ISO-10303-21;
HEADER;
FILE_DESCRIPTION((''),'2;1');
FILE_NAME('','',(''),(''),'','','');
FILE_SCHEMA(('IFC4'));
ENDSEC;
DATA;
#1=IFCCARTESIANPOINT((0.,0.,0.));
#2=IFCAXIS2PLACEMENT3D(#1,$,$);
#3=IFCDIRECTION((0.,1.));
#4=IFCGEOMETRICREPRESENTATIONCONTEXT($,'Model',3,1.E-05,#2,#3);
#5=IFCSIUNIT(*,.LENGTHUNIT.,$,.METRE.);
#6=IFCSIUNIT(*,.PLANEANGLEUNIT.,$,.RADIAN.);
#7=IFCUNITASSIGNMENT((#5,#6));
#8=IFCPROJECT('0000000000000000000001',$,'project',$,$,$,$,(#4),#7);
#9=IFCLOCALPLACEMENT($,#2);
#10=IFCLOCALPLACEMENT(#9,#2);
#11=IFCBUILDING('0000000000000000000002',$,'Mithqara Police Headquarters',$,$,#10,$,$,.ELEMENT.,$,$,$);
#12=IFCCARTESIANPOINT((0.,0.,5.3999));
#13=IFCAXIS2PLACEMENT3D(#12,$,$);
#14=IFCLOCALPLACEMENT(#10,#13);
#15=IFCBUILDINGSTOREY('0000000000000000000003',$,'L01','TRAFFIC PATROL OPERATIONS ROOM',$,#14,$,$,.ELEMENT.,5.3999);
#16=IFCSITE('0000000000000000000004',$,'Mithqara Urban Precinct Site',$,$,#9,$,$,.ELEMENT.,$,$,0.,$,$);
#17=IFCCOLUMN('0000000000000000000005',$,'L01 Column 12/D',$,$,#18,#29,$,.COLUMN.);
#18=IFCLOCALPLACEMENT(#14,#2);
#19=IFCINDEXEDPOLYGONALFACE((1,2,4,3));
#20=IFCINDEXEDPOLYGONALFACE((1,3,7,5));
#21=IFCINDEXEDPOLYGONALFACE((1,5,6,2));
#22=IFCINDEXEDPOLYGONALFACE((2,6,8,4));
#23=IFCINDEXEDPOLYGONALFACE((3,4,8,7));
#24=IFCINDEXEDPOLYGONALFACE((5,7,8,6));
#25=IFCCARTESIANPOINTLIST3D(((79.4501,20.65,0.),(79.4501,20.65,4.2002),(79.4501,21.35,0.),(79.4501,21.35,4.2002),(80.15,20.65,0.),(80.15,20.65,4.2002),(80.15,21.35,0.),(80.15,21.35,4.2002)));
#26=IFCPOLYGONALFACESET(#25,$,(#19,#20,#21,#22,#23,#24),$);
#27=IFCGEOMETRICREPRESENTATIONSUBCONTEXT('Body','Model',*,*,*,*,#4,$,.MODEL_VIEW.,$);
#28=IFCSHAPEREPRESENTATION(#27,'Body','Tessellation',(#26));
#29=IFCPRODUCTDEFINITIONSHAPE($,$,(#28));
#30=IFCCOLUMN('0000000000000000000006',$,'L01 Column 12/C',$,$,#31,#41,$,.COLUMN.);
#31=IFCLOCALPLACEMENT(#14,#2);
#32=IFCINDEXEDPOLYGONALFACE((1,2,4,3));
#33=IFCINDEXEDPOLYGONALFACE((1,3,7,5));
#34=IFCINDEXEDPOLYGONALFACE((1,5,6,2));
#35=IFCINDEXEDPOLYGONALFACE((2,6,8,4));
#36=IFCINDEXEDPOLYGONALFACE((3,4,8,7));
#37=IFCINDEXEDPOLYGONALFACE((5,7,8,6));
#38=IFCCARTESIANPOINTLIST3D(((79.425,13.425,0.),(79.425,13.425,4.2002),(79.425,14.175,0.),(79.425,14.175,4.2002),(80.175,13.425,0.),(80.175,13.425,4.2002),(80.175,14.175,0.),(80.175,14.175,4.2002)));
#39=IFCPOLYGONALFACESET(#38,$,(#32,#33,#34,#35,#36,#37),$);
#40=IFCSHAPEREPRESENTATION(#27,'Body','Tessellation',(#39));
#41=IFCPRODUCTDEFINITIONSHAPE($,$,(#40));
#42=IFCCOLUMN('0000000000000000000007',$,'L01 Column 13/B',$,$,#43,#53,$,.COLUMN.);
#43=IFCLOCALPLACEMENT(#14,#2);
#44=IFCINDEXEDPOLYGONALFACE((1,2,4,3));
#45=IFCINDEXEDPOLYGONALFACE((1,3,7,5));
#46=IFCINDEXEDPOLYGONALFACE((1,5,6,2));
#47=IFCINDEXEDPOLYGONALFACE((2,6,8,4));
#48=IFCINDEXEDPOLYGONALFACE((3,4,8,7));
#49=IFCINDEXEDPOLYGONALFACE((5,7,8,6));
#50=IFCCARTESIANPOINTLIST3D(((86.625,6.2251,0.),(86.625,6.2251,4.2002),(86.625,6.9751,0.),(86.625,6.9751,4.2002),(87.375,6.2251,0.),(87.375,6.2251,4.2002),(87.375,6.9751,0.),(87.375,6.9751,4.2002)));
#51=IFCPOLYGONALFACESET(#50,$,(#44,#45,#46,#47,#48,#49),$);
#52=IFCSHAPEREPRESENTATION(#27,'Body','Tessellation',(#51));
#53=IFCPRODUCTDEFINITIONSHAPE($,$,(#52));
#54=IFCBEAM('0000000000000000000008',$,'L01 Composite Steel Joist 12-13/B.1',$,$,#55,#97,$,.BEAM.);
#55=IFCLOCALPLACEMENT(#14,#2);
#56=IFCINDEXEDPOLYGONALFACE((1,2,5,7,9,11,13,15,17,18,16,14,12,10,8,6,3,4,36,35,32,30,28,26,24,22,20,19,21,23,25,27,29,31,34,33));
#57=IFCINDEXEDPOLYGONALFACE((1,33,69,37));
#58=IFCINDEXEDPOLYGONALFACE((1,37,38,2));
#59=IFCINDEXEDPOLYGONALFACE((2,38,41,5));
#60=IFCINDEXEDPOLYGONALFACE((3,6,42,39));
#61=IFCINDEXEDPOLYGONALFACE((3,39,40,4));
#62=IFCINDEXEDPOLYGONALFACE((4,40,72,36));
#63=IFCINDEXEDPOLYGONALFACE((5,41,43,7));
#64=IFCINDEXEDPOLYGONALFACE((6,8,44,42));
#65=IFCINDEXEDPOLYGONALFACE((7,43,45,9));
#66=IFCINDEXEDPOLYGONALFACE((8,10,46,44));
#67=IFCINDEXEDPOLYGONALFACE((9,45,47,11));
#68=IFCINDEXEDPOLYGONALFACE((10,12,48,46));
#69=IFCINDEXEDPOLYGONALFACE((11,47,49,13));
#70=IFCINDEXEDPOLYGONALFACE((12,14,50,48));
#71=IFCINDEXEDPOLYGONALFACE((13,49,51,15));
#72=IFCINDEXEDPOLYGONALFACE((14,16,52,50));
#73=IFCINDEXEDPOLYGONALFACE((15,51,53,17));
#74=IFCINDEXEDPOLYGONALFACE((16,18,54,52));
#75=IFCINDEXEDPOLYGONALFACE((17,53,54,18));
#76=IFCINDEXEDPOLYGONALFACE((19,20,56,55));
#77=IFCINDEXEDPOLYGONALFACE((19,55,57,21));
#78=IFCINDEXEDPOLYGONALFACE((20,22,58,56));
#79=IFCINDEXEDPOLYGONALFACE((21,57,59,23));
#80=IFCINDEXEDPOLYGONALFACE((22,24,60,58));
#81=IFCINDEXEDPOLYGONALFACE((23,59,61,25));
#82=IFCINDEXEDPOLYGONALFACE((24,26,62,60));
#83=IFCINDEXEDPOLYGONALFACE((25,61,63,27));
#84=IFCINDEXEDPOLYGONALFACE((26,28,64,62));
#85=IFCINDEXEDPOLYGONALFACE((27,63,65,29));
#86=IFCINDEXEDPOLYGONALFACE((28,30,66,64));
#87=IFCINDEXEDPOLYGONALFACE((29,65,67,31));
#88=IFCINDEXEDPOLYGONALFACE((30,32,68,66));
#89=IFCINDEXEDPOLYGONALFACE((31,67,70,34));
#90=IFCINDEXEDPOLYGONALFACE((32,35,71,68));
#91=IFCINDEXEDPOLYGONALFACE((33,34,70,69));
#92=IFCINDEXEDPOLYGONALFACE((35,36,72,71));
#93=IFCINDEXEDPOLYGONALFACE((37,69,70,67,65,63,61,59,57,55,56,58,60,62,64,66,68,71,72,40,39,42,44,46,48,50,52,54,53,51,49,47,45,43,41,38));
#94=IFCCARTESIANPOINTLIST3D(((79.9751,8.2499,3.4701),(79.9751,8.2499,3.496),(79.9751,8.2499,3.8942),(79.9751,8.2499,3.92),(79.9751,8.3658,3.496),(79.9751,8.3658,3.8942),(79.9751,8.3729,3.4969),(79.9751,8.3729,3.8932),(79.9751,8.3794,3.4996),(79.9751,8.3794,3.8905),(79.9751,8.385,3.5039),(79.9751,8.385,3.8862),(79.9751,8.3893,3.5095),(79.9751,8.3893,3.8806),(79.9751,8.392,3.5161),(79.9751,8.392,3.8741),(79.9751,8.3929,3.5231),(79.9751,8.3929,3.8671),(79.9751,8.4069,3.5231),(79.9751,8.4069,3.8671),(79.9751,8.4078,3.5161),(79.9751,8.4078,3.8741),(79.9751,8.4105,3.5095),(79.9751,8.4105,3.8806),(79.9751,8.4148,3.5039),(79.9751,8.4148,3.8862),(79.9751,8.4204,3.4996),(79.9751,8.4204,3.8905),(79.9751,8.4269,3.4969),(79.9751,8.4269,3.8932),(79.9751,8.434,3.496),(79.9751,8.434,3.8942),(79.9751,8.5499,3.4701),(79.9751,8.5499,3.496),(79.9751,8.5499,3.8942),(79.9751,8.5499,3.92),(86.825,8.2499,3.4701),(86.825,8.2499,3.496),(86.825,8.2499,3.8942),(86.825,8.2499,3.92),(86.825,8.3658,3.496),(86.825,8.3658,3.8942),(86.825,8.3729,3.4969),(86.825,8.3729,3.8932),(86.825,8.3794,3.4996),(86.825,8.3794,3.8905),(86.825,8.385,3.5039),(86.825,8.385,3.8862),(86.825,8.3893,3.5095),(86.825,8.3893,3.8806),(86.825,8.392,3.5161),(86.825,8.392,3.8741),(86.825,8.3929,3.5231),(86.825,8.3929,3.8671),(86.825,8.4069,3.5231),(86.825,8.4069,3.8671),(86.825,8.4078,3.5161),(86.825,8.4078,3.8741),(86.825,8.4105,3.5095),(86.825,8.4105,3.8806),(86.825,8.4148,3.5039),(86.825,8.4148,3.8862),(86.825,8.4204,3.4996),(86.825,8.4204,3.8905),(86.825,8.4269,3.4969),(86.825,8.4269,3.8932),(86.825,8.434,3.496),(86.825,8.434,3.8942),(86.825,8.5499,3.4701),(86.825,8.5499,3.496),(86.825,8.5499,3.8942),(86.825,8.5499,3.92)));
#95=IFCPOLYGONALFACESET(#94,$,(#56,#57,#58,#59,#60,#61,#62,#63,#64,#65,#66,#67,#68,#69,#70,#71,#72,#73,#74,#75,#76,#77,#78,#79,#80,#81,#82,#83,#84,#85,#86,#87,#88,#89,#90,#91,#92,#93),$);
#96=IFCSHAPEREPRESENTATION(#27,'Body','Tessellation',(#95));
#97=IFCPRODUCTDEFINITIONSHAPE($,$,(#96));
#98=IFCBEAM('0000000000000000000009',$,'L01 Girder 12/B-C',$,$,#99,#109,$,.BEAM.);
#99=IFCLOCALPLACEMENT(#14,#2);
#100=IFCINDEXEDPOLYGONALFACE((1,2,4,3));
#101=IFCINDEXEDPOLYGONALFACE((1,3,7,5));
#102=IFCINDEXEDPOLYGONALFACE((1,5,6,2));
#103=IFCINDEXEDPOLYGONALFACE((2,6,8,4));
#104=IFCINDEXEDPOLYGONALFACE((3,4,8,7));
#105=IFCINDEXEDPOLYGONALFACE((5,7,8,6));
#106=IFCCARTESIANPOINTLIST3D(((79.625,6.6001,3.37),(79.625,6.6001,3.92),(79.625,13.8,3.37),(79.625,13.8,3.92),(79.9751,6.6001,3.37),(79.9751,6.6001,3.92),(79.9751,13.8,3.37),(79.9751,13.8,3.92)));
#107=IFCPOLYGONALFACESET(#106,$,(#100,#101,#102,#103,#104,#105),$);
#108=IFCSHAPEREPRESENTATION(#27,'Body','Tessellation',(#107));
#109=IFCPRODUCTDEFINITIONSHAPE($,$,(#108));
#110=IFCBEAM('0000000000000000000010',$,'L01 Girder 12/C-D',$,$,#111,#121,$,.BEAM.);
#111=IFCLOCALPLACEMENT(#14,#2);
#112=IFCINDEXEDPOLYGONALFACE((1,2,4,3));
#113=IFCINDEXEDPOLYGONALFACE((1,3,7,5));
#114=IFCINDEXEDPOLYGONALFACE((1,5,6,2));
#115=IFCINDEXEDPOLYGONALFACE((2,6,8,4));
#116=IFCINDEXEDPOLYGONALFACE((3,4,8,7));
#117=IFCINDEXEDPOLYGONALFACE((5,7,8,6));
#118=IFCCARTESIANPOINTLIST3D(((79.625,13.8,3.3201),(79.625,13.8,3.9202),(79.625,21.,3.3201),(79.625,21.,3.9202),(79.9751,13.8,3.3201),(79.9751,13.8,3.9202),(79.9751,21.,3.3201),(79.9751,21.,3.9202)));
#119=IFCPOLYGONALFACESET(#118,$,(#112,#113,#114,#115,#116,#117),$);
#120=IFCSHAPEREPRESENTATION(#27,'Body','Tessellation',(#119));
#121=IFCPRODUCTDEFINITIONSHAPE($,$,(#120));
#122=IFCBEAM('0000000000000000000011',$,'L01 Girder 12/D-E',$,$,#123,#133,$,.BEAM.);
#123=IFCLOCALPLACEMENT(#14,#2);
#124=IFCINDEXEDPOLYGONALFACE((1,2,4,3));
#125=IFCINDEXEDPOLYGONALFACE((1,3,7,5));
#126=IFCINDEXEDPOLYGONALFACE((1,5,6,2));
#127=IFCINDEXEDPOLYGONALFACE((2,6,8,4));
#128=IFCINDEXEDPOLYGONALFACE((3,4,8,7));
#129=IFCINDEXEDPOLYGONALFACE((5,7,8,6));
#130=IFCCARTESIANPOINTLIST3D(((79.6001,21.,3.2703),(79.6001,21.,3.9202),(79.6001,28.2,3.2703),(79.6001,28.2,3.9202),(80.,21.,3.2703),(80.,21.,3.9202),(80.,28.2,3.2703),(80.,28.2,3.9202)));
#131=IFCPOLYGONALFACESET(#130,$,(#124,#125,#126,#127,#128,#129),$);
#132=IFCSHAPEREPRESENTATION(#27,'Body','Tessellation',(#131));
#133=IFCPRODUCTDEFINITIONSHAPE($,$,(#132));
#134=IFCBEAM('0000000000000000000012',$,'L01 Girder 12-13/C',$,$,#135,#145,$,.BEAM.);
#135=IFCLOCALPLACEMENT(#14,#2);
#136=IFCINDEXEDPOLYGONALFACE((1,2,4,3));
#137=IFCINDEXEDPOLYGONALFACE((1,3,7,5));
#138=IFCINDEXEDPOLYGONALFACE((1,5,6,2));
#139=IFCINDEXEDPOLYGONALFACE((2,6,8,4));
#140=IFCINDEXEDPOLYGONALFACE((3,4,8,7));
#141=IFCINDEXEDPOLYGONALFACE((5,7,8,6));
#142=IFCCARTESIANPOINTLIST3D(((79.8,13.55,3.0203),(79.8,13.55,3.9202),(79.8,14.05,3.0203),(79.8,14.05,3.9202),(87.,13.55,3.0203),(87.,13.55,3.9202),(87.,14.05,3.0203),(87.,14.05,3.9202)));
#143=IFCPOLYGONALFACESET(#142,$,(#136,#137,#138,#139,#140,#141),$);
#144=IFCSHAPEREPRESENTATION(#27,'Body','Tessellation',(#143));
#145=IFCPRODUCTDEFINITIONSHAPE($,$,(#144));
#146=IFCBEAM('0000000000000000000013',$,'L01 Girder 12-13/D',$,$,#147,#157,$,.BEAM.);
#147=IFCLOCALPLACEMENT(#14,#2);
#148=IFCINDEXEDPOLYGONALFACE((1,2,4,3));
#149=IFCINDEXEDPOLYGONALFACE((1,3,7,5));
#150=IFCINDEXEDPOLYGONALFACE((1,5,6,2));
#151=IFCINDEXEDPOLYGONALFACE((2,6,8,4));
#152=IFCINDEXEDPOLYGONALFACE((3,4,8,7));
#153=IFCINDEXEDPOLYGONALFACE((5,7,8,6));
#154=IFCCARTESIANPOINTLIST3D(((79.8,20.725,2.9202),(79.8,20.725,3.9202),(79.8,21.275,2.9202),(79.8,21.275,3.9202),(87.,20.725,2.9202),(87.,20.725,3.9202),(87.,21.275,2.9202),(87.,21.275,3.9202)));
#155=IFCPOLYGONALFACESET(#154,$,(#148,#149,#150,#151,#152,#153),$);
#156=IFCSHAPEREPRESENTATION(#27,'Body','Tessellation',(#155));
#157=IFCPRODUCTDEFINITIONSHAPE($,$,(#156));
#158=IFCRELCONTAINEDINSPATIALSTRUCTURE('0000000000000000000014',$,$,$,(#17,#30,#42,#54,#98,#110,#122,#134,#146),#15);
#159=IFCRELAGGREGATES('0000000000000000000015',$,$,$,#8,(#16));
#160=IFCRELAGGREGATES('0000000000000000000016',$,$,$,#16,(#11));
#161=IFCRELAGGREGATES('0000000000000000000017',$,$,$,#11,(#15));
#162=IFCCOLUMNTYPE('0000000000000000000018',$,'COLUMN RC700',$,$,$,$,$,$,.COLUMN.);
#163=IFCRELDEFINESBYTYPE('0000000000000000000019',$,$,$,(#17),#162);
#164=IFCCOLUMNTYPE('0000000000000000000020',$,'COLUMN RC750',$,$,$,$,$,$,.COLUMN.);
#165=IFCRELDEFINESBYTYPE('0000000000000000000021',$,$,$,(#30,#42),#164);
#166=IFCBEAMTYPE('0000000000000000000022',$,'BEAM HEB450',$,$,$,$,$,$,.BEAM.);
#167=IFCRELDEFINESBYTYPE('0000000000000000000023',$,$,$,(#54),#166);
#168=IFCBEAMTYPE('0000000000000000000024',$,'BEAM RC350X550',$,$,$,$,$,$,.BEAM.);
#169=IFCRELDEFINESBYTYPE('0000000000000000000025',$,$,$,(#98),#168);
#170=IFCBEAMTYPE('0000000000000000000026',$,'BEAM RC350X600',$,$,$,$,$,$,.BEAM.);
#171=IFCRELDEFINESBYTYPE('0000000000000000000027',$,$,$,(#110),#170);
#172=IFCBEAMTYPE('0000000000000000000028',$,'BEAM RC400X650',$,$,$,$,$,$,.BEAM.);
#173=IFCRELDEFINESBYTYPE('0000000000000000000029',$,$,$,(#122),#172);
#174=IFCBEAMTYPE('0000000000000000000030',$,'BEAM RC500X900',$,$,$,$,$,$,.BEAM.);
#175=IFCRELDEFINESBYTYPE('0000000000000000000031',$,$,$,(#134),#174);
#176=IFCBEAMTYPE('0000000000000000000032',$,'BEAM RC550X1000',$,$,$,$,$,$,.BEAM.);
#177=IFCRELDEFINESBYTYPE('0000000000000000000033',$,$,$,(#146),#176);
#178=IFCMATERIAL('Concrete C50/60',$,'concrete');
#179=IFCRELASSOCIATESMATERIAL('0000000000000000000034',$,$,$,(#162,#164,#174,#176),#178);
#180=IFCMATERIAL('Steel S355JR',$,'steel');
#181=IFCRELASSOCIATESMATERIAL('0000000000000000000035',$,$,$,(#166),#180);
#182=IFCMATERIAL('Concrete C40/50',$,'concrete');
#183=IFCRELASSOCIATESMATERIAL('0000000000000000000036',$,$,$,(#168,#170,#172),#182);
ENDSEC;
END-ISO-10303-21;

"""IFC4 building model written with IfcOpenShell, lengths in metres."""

from ifc_helpers import new_model, si_unit, direction, frame, origin, origin_2d, place, context, subcontext, project, spatial, rectangle, i_section, extrude, material, material_profile, profile_set, type_object, element, save


model = new_model("IFC4")

# Units and contexts
model_context = context("Model", 3, precision=1e-05, world=origin(), true_north=direction((0.0, 1.0)))
body_context = subcontext(model_context, "Body", "Model", "MODEL_VIEW")
ifc_project = project(units=[si_unit("LENGTHUNIT", "METRE"), si_unit("PLANEANGLEUNIT", "RADIAN")], contexts=[model_context])

# Site, building, storey
site_placement = place(None, origin())
site = spatial("IfcSite", under=ifc_project, at=site_placement, Name="Mithqara Urban Precinct Site", CompositionType="ELEMENT", RefElevation=0.0)
building_placement = place(site_placement, origin())
building = spatial("IfcBuilding", under=site, at=building_placement, Name="Mithqara Police Headquarters", CompositionType="ELEMENT")
storey_placement = place(building_placement, frame((0.0, 0.0, 5.3999)))
storey = spatial("IfcBuildingStorey", under=building, at=storey_placement, Name="L01", Description="TRAFFIC PATROL OPERATIONS ROOM", CompositionType="ELEMENT", Elevation=5.3999)

# Columns
ifc_material_1 = material(Name="Concrete C50/60", Category="concrete")
ifc_material_profile_1 = material_profile(ifc_material_1, rectangle(XDim=0.7, YDim=0.7, at=origin_2d()), Name="RC 700x700")
ifc_profile_set_1 = profile_set([ifc_material_profile_1], Name="Concrete C50/60")
column_type_1 = type_object("IfcColumnType", Name="COLUMN RC700", PredefinedType="COLUMN", material=ifc_profile_set_1)
column_placement = place(storey_placement, frame((79.8, 21.0, 0.0), z_axis=(0.0, 0.0, 1.0), x_axis=(1.0, 0.0, 0.0)))
element("IfcColumn", 1, at=column_placement, inside=storey, type_object=column_type_1, Name="L01 Column 12/D", PredefinedType="COLUMN", context=body_context, shape_type="SweptSolid", body=[
    extrude(rectangle(XDim=0.7, YDim=0.7, at=origin_2d()), origin(), (0.0, 0.0, 1.0), 4.2002),
])
ifc_material_profile_2 = material_profile(ifc_material_1, rectangle(XDim=0.75, YDim=0.75, at=origin_2d()), Name="RC 750x750")
ifc_profile_set_2 = profile_set([ifc_material_profile_2], Name="Concrete C50/60")
column_type_2 = type_object("IfcColumnType", Name="COLUMN RC750", PredefinedType="COLUMN", material=ifc_profile_set_2)
for number, where, z_axis, x_axis, name in (
    (2, (79.8, 13.8, 0.0), (0.0, 0.0, 1.0), (1.0, 0.0, 0.0), "L01 Column 12/C"),
    (3, (87.0, 6.6001, 0.0), (0.0, 0.0, 1.0), (1.0, 0.0, 0.0), "L01 Column 13/B"),
):
    element("IfcColumn", number, at=place(storey_placement, frame(where, z_axis=z_axis, x_axis=x_axis)), inside=storey, type_object=column_type_2, Name=name, PredefinedType="COLUMN", context=body_context, shape_type="SweptSolid", body=[
        extrude(rectangle(XDim=0.75, YDim=0.75, at=origin_2d()), origin(), (0.0, 0.0, 1.0), 4.2002),
    ])

# Beams
ifc_material_2 = material(Name="Steel S355JR", Category="steel")
ifc_material_profile_3 = material_profile(ifc_material_2, i_section(OverallWidth=0.3, OverallDepth=0.45, WebThickness=0.0139, FlangeThickness=0.0259, FilletRadius=0.0271, at=origin_2d()), Name="HEB 450")
ifc_profile_set_3 = profile_set([ifc_material_profile_3], Name="Steel S355JR")
beam_type_1 = type_object("IfcBeamType", Name="BEAM HEB450", PredefinedType="BEAM", material=ifc_profile_set_3)
beam_1_placement = place(storey_placement, frame((79.9751, 8.3999, 3.6951), z_axis=(1.0, 0.0, 0.0), x_axis=(0.0, 1.0, 0.0)))
element("IfcBeam", 4, at=beam_1_placement, inside=storey, type_object=beam_type_1, Name="L01 Composite Steel Joist 12-13/B.1", PredefinedType="BEAM", context=body_context, shape_type="SweptSolid", body=[
    extrude(i_section(OverallWidth=0.3, OverallDepth=0.45, WebThickness=0.0139, FlangeThickness=0.0259, FilletRadius=0.0271, at=origin_2d()), origin(), (0.0, 0.0, 1.0), 6.8499),
])
ifc_material_3 = material(Name="Concrete C40/50", Category="concrete")
ifc_material_profile_4 = material_profile(ifc_material_3, rectangle(XDim=0.3501, YDim=0.55, at=origin_2d()), Name="RC 350x550")
ifc_profile_set_4 = profile_set([ifc_material_profile_4], Name="Concrete C40/50")
beam_type_2 = type_object("IfcBeamType", Name="BEAM RC350X550", PredefinedType="BEAM", material=ifc_profile_set_4)
beam_2_placement = place(storey_placement, frame((79.8, 6.6001, 3.645), z_axis=(0.0, 1.0, 0.0), x_axis=(-1.0, 0.0, 0.0)))
element("IfcBeam", 5, at=beam_2_placement, inside=storey, type_object=beam_type_2, Name="L01 Girder 12/B-C", PredefinedType="BEAM", context=body_context, shape_type="SweptSolid", body=[
    extrude(rectangle(XDim=0.3501, YDim=0.55, at=origin_2d()), origin(), (0.0, 0.0, 1.0), 7.2),
])
ifc_material_profile_5 = material_profile(ifc_material_3, rectangle(XDim=0.3501, YDim=0.6001, at=origin_2d()), Name="RC 350x600")
ifc_profile_set_5 = profile_set([ifc_material_profile_5], Name="Concrete C40/50")
beam_type_3 = type_object("IfcBeamType", Name="BEAM RC350X600", PredefinedType="BEAM", material=ifc_profile_set_5)
beam_3_placement = place(storey_placement, frame((79.8, 13.8, 3.6201), z_axis=(0.0, 1.0, 0.0), x_axis=(-1.0, 0.0, 0.0)))
element("IfcBeam", 6, at=beam_3_placement, inside=storey, type_object=beam_type_3, Name="L01 Girder 12/C-D", PredefinedType="BEAM", context=body_context, shape_type="SweptSolid", body=[
    extrude(rectangle(XDim=0.3501, YDim=0.6001, at=origin_2d()), origin(), (0.0, 0.0, 1.0), 7.2),
])
ifc_material_profile_6 = material_profile(ifc_material_3, rectangle(XDim=0.3999, YDim=0.6499, at=origin_2d()), Name="RC 400x650")
ifc_profile_set_6 = profile_set([ifc_material_profile_6], Name="Concrete C40/50")
beam_type_4 = type_object("IfcBeamType", Name="BEAM RC400X650", PredefinedType="BEAM", material=ifc_profile_set_6)
beam_4_placement = place(storey_placement, frame((79.8, 21.0, 3.5952), z_axis=(0.0, 1.0, 0.0), x_axis=(-1.0, 0.0, 0.0)))
element("IfcBeam", 7, at=beam_4_placement, inside=storey, type_object=beam_type_4, Name="L01 Girder 12/D-E", PredefinedType="BEAM", context=body_context, shape_type="SweptSolid", body=[
    extrude(rectangle(XDim=0.3999, YDim=0.6499, at=origin_2d()), origin(), (0.0, 0.0, 1.0), 7.2),
])
ifc_material_profile_7 = material_profile(ifc_material_1, rectangle(XDim=0.5, YDim=0.8999, at=origin_2d()), Name="RC 500x900")
ifc_profile_set_7 = profile_set([ifc_material_profile_7], Name="Concrete C50/60")
beam_type_5 = type_object("IfcBeamType", Name="BEAM RC500X900", PredefinedType="BEAM", material=ifc_profile_set_7)
beam_5_placement = place(storey_placement, frame((79.8, 13.8, 3.4702), z_axis=(1.0, 0.0, 0.0), x_axis=(0.0, 1.0, 0.0)))
element("IfcBeam", 8, at=beam_5_placement, inside=storey, type_object=beam_type_5, Name="L01 Girder 12-13/C", PredefinedType="BEAM", context=body_context, shape_type="SweptSolid", body=[
    extrude(rectangle(XDim=0.5, YDim=0.8999, at=origin_2d()), origin(), (0.0, 0.0, 1.0), 7.2),
])
ifc_material_profile_8 = material_profile(ifc_material_1, rectangle(XDim=0.55, YDim=1.0, at=origin_2d()), Name="RC 550x1000")
ifc_profile_set_8 = profile_set([ifc_material_profile_8], Name="Concrete C50/60")
beam_type_6 = type_object("IfcBeamType", Name="BEAM RC550X1000", PredefinedType="BEAM", material=ifc_profile_set_8)
beam_6_placement = place(storey_placement, frame((79.8, 21.0, 3.4202), z_axis=(1.0, 0.0, 0.0), x_axis=(0.0, 1.0, 0.0)))
element("IfcBeam", 9, at=beam_6_placement, inside=storey, type_object=beam_type_6, Name="L01 Girder 12-13/D", PredefinedType="BEAM", context=body_context, shape_type="SweptSolid", body=[
    extrude(rectangle(XDim=0.55, YDim=1.0, at=origin_2d()), origin(), (0.0, 0.0, 1.0), 7.2),
])

save(model, "model.ifc")
